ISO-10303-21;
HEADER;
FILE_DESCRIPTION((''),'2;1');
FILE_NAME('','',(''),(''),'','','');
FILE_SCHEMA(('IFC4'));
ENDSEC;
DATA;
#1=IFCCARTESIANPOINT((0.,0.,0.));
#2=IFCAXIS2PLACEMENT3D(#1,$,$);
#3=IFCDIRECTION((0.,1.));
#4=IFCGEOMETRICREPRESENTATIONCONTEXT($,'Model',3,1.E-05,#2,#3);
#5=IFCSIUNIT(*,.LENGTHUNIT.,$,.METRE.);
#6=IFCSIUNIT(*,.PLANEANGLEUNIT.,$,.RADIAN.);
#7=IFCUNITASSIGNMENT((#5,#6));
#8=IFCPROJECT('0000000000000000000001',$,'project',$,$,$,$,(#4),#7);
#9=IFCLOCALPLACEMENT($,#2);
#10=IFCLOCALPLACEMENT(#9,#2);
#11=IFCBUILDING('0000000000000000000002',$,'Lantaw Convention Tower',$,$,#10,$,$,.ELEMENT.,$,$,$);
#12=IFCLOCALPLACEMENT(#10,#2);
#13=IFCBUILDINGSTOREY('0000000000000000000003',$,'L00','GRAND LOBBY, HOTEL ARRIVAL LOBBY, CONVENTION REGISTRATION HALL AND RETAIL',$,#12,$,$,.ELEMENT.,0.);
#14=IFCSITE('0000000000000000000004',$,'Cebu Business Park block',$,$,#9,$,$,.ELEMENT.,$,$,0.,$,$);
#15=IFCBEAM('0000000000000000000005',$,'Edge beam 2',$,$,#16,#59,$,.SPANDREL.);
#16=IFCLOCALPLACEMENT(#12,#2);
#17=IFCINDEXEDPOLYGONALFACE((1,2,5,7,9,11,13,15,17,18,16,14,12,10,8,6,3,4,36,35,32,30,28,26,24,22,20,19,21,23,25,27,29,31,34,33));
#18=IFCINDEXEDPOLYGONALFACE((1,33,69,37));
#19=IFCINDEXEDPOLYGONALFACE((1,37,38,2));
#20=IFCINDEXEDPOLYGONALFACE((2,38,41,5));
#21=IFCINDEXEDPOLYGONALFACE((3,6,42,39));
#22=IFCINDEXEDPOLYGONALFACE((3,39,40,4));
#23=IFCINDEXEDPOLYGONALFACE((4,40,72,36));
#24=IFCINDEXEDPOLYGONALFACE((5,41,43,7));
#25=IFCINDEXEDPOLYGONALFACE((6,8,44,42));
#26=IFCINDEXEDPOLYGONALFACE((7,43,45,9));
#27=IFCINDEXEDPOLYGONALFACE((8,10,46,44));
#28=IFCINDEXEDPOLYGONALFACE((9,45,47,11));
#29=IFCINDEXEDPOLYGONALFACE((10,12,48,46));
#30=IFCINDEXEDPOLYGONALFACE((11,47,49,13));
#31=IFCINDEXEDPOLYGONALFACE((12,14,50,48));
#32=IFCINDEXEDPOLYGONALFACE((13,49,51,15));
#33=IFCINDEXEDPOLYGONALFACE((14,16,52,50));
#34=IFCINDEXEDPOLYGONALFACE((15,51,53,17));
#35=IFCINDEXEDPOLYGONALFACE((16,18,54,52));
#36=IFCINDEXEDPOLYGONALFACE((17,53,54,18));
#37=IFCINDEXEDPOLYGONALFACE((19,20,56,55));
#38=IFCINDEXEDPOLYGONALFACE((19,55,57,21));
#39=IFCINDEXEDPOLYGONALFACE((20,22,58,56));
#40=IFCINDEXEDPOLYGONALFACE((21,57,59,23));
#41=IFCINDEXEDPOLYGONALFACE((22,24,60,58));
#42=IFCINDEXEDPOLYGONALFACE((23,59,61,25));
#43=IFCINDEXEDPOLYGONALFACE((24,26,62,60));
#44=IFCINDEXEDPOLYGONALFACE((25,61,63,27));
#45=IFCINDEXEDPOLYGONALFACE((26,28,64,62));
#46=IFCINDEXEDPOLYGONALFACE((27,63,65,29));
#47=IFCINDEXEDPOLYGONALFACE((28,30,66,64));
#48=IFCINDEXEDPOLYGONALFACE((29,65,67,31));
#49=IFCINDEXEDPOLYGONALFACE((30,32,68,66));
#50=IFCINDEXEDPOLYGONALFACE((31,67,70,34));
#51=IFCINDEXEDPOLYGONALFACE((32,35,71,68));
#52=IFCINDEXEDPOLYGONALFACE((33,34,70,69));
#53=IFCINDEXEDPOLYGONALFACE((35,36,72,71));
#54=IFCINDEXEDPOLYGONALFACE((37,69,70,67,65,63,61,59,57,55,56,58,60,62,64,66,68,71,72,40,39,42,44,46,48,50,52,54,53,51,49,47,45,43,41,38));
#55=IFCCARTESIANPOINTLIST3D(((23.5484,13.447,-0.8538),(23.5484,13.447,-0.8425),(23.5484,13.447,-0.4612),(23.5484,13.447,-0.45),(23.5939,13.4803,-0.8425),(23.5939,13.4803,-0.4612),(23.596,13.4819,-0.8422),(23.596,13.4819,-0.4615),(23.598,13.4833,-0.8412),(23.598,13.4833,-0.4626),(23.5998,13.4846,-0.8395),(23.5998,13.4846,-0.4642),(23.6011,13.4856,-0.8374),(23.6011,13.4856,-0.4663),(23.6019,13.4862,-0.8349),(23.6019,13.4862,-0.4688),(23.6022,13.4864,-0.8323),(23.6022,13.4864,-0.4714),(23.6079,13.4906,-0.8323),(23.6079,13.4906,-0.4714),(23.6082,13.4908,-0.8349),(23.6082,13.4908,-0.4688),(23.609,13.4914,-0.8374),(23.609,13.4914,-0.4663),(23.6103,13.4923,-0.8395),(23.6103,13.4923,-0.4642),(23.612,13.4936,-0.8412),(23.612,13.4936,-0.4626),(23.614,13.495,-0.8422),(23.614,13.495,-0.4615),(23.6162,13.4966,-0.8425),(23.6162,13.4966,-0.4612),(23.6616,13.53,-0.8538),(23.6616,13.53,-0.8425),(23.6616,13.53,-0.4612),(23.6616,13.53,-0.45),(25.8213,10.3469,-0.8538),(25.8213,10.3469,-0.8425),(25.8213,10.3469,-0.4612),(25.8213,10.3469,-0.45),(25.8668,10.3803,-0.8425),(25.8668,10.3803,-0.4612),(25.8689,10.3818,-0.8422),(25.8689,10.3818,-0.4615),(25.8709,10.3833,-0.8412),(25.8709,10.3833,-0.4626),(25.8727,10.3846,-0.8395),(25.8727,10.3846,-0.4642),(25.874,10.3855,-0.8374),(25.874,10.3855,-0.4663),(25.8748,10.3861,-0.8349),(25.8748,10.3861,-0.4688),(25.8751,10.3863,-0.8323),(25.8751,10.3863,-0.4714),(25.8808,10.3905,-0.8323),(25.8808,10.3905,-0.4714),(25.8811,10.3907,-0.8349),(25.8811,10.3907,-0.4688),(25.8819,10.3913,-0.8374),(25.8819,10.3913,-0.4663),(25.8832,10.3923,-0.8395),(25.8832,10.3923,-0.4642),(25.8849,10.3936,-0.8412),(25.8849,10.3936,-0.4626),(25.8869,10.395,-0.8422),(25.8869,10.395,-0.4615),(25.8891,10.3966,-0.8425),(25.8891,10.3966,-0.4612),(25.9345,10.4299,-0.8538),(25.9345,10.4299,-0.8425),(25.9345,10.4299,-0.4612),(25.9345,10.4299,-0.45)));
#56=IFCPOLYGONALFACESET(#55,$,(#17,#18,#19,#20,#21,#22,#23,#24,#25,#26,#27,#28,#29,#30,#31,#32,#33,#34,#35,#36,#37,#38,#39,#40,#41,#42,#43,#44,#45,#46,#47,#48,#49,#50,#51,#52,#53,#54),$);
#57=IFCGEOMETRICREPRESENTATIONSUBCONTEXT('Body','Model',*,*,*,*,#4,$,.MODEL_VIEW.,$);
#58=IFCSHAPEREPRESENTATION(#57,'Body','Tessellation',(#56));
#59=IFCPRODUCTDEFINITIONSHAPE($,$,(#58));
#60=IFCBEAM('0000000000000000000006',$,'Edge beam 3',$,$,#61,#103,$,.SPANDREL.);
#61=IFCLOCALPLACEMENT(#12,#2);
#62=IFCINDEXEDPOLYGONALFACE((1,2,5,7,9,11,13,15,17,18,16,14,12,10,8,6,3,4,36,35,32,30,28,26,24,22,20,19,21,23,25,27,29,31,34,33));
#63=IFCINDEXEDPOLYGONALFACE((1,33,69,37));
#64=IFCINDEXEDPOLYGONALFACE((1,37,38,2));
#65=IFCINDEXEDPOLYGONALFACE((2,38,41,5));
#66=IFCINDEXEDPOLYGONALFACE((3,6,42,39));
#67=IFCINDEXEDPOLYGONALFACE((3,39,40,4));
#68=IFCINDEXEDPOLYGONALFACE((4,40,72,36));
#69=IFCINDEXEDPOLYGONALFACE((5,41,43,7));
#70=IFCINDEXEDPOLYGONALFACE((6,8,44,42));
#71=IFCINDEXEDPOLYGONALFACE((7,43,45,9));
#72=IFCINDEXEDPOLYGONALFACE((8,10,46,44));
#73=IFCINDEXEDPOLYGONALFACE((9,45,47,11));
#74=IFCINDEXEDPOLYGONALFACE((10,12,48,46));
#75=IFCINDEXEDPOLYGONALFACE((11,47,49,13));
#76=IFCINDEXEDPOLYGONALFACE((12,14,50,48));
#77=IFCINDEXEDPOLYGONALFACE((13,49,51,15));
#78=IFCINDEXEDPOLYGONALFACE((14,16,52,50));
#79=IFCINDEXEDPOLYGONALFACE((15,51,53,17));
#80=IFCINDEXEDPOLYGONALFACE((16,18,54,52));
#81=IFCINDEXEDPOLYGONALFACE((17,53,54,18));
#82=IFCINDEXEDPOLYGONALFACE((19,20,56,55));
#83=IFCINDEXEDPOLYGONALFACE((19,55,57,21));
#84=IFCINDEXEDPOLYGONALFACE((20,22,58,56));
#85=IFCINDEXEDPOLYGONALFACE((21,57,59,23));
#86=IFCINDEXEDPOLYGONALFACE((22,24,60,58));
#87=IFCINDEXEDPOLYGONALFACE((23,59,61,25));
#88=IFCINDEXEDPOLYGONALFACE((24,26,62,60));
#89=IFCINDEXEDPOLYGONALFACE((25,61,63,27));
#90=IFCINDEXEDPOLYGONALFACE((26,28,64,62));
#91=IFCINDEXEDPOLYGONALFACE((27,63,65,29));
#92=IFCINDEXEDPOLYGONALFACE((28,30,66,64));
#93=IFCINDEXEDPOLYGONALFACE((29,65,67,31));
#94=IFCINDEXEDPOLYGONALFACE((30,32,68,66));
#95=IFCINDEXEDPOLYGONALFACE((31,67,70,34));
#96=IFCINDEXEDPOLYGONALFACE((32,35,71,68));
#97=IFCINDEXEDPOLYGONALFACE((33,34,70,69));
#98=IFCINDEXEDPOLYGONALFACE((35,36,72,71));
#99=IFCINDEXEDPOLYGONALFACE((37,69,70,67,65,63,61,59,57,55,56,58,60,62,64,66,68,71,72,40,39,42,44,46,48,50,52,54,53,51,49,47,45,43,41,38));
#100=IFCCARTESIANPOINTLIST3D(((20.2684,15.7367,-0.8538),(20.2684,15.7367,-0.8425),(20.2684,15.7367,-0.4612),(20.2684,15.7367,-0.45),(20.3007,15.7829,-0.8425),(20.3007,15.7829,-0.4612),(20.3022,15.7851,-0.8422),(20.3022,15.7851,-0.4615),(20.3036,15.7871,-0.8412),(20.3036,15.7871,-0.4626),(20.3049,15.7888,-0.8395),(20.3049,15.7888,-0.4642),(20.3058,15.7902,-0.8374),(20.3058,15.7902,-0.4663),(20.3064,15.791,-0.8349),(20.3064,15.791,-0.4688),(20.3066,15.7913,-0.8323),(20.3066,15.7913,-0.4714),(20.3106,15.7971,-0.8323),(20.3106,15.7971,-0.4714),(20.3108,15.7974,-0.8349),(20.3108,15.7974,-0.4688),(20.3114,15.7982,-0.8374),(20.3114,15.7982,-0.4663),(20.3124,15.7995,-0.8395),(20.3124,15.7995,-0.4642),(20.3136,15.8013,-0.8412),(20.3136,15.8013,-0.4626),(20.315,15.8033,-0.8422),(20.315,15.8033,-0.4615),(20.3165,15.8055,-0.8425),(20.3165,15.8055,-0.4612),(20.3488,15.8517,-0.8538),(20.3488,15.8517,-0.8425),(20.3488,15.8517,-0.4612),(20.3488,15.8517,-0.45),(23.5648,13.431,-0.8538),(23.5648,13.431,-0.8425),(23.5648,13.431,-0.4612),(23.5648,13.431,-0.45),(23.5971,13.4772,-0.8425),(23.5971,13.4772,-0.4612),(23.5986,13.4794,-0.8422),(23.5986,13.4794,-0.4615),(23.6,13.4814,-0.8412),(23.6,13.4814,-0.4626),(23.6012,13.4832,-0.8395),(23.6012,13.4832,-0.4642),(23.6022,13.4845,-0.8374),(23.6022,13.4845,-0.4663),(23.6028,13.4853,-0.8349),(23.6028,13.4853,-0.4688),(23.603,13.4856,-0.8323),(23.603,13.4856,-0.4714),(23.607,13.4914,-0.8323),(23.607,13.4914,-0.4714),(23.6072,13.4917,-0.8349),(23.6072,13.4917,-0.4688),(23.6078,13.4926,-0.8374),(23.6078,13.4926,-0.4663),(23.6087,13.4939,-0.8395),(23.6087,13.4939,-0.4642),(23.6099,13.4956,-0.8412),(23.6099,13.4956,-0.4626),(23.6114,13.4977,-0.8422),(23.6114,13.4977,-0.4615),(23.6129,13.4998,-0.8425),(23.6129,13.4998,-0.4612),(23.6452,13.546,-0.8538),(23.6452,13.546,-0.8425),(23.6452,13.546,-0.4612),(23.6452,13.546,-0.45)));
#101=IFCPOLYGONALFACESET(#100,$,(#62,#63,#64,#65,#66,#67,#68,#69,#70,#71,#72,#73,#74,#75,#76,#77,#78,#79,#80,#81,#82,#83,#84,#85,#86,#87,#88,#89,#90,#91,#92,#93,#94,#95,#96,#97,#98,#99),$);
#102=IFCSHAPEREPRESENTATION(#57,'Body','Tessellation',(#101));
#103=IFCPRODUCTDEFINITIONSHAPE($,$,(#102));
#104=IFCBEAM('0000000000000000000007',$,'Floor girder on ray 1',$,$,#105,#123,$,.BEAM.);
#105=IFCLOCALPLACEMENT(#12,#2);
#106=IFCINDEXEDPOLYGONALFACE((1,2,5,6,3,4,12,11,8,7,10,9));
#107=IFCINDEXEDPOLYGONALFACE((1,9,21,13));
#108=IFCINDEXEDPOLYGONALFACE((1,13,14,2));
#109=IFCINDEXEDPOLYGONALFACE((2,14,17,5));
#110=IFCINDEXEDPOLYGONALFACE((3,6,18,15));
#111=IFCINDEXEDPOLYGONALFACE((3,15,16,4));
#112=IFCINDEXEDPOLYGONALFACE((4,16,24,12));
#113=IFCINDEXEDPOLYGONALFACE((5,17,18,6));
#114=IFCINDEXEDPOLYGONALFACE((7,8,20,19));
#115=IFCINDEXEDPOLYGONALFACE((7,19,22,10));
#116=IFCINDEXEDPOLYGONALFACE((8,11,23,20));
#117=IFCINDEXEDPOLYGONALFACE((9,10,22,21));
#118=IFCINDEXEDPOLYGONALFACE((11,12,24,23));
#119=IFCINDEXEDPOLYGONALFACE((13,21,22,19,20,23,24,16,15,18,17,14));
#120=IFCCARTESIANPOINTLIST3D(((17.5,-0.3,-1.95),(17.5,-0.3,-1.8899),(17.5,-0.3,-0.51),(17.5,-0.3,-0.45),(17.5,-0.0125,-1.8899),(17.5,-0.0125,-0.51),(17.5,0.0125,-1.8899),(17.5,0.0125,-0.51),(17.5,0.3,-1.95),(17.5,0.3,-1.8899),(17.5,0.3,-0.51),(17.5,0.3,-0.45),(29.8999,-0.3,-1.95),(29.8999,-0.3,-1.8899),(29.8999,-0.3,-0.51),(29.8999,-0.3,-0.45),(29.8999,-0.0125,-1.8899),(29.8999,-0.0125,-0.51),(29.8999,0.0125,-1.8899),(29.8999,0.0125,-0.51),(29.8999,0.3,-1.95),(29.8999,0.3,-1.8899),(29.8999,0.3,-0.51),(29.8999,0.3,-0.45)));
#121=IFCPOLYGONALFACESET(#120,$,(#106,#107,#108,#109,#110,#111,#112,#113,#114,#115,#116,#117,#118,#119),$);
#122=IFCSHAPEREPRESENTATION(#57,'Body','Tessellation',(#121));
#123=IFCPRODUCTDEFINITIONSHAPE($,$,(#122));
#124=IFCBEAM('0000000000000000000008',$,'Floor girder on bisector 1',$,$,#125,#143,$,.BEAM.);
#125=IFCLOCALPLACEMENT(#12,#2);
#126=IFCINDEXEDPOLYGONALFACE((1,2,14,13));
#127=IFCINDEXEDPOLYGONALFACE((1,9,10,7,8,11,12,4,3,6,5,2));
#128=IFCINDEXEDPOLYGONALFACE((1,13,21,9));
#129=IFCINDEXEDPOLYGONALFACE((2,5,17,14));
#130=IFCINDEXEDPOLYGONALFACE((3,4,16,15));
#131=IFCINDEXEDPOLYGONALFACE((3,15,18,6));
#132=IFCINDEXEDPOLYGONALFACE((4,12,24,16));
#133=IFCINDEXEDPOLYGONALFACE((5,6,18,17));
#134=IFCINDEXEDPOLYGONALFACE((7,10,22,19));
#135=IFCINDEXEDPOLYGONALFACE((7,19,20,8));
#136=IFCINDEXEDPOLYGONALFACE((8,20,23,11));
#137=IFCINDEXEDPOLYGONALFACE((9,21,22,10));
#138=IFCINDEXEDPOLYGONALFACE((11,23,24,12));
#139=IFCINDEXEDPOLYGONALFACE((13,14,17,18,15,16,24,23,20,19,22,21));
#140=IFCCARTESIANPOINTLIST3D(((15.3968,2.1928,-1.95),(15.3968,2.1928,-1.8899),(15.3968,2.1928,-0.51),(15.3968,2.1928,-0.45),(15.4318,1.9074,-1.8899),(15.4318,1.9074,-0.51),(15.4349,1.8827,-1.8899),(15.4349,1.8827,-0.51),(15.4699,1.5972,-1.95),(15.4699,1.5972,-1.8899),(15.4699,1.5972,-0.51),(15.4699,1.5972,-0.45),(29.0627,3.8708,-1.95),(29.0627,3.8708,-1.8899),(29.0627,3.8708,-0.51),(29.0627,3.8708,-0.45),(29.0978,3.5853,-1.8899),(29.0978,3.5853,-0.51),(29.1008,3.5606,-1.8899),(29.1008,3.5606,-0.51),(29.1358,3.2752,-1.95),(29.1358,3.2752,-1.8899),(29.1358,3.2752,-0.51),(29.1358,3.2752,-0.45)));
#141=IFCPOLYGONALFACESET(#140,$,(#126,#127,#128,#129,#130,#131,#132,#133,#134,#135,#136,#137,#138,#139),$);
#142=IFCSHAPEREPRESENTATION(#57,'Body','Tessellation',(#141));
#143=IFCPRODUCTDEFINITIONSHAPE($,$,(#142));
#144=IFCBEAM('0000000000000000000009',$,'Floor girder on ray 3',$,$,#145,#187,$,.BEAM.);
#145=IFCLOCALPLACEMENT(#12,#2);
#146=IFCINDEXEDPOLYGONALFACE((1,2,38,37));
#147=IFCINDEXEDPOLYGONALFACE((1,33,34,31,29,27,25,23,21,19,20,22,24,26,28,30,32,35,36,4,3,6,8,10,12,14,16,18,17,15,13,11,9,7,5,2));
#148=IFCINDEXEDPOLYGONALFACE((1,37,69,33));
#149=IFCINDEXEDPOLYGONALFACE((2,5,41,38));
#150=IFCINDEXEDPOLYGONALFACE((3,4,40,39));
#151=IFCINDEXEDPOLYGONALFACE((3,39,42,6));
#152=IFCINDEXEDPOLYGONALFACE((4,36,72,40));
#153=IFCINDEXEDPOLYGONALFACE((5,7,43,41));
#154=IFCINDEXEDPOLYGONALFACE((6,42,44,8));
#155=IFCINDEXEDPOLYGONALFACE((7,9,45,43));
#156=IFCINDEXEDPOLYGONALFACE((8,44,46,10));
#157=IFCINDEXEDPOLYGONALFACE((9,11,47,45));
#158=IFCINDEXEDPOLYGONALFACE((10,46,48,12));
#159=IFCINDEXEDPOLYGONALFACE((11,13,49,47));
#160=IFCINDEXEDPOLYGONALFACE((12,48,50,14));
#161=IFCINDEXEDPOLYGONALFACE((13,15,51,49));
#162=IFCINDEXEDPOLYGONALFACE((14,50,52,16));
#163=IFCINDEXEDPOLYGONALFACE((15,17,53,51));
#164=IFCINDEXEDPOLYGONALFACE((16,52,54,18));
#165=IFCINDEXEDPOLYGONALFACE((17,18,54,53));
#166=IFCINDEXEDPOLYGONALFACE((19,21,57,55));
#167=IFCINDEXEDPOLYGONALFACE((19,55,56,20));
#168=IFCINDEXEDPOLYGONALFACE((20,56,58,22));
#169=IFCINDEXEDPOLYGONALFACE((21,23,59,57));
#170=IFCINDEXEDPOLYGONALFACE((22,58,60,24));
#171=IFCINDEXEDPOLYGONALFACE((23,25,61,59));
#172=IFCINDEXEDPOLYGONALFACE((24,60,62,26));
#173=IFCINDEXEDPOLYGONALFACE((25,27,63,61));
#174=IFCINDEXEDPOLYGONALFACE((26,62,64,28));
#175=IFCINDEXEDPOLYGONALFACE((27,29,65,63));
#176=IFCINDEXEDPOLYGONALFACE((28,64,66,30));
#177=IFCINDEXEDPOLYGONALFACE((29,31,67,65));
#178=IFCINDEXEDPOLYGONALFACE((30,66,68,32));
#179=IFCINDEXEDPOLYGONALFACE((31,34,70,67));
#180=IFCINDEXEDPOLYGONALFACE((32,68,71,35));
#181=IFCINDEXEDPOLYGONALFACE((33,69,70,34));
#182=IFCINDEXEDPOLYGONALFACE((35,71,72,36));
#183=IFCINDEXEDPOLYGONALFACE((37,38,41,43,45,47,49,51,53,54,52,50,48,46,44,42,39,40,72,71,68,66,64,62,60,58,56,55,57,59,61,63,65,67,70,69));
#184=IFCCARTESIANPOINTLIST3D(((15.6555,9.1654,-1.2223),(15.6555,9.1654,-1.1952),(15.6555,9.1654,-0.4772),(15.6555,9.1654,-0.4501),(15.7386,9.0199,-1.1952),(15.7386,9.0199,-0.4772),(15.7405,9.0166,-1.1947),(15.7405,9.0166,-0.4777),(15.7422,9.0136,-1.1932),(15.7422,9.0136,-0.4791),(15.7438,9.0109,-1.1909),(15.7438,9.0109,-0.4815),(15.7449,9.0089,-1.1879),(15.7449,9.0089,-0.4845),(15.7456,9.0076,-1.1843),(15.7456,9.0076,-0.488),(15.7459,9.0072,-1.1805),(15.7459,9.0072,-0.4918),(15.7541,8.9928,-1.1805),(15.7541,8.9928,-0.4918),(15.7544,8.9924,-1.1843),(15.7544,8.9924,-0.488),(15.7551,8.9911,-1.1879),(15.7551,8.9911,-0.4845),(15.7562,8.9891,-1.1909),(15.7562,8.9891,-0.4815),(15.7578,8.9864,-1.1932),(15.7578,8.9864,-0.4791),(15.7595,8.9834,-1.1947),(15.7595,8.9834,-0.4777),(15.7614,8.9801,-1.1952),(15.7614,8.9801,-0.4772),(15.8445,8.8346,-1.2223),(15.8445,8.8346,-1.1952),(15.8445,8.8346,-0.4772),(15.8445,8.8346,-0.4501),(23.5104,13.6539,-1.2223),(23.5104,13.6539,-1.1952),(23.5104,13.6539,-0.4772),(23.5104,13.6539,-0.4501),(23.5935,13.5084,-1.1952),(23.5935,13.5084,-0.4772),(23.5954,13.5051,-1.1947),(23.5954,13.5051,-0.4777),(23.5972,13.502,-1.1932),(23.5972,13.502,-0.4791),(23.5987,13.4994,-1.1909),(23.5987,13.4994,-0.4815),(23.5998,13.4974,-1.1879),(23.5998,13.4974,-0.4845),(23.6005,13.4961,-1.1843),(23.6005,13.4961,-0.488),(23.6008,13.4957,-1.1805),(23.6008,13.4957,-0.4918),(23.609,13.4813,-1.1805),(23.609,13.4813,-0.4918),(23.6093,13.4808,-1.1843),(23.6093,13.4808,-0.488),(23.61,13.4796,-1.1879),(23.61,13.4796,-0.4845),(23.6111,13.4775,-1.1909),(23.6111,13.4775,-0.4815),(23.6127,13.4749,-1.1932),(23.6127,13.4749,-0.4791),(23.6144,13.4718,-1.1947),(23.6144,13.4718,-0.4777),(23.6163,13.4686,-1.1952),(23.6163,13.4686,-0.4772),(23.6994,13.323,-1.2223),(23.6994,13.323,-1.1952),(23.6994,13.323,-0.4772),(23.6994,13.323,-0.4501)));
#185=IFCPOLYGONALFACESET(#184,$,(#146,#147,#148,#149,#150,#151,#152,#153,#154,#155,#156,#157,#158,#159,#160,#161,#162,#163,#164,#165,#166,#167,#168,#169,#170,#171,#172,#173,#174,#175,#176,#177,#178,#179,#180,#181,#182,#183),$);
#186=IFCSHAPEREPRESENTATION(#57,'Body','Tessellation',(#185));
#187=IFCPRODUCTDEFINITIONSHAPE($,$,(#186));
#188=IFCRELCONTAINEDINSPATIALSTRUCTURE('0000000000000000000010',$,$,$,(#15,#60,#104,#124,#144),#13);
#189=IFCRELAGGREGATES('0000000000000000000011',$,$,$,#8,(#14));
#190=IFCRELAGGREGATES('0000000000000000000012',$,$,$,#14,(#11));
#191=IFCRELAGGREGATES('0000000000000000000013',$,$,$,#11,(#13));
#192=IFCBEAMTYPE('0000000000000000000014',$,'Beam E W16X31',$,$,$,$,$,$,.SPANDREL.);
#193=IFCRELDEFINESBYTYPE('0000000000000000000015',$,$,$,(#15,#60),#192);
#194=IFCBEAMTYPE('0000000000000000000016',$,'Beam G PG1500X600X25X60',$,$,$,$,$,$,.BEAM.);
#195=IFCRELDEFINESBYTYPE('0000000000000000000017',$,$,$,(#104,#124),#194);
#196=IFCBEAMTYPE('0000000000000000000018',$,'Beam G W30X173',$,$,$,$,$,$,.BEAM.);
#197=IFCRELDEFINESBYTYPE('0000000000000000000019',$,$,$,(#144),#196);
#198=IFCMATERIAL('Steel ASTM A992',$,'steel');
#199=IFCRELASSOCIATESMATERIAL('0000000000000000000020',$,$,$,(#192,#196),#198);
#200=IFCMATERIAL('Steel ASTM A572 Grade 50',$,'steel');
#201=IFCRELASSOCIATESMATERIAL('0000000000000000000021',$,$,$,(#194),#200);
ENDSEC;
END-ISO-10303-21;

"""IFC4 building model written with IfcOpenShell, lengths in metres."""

from ifc_helpers import new_model, si_unit, direction, frame, origin, origin_2d, place, context, subcontext, project, spatial, i_section, extrude, material, material_profile, profile_set, type_object, element, save


model = new_model("IFC4")

# Units and contexts
model_context = context("Model", 3, precision=1e-05, world=origin(), true_north=direction((0.0, 1.0)))
body_context = subcontext(model_context, "Body", "Model", "MODEL_VIEW")
ifc_project = project(units=[si_unit("LENGTHUNIT", "METRE"), si_unit("PLANEANGLEUNIT", "RADIAN")], contexts=[model_context])

# Site, building, storey
site_placement = place(None, origin())
site = spatial("IfcSite", under=ifc_project, at=site_placement, Name="Cebu Business Park block", CompositionType="ELEMENT", RefElevation=0.0)
building_placement = place(site_placement, origin())
building = spatial("IfcBuilding", under=site, at=building_placement, Name="Lantaw Convention Tower", CompositionType="ELEMENT")
storey_placement = place(building_placement, origin())
storey = spatial("IfcBuildingStorey", under=building, at=storey_placement, Name="L00", Description="GRAND LOBBY, HOTEL ARRIVAL LOBBY, CONVENTION REGISTRATION HALL AND RETAIL", CompositionType="ELEMENT", Elevation=0.0)

# Shared definitions
ifc_material_1 = material(Name="Steel ASTM A572 Grade 50", Category="steel")

# Beams
ifc_material_2 = material(Name="Steel ASTM A992", Category="steel")
ifc_material_profile_1 = material_profile(ifc_material_2, i_section(OverallWidth=0.1404, OverallDepth=0.4038, WebThickness=0.0071, FlangeThickness=0.0112, FilletRadius=0.0103, at=origin_2d()), Name="W16X31")
ifc_profile_set_1 = profile_set([ifc_material_profile_1], Name="Steel ASTM A992")
beam_type_1 = type_object("IfcBeamType", Name="Beam E W16X31", PredefinedType="SPANDREL", material=ifc_profile_set_1)
beam_1_placement = place(storey_placement, frame((25.8779, 10.3884, -0.6519), z_axis=(-0.591287, 0.806462, 0.0), x_axis=(-0.806462, -0.591287, 0.0)))
element("IfcBeam", 1, at=beam_1_placement, inside=storey, type_object=beam_type_1, Name="Edge beam 2", PredefinedType="SPANDREL", context=body_context, shape_type="SweptSolid", body=[
    extrude(i_section(OverallWidth=0.1404, OverallDepth=0.4038, WebThickness=0.0071, FlangeThickness=0.0112, FilletRadius=0.0103, at=origin_2d()), origin(), (0.0, 0.0, 1.0), 3.844),
])
beam_2_placement = place(storey_placement, frame((23.605, 13.4885, -0.6519), z_axis=(-0.819443, 0.573161, 0.0), x_axis=(-0.573161, -0.819443, 0.0)))
element("IfcBeam", 2, at=beam_2_placement, inside=storey, type_object=beam_type_1, Name="Edge beam 3", PredefinedType="SPANDREL", context=body_context, shape_type="SweptSolid", body=[
    extrude(i_section(OverallWidth=0.1404, OverallDepth=0.4038, WebThickness=0.0071, FlangeThickness=0.0112, FilletRadius=0.0103, at=origin_2d()), origin(), (0.0, 0.0, 1.0), 4.0227),
])
ifc_material_profile_2 = material_profile(ifc_material_1, i_section(OverallWidth=0.6001, OverallDepth=1.5, WebThickness=0.0249, FlangeThickness=0.0601, at=origin_2d()), Name="PG1500X600X25X60")
ifc_profile_set_2 = profile_set([ifc_material_profile_2], Name="Steel ASTM A572 Grade 50")
beam_type_2 = type_object("IfcBeamType", Name="Beam G PG1500X600X25X60", PredefinedType="BEAM", material=ifc_profile_set_2)
beam_3_placement = place(storey_placement, frame((17.5, 0.0, -1.2), z_axis=(1.0, 0.0, 0.0), x_axis=(0.0, 1.0, 0.0)))
element("IfcBeam", 3, at=beam_3_placement, inside=storey, type_object=beam_type_2, Name="Floor girder on ray 1", PredefinedType="BEAM", context=body_context, shape_type="SweptSolid", body=[
    extrude(i_section(OverallWidth=0.6001, OverallDepth=1.5, WebThickness=0.0249, FlangeThickness=0.0601, at=origin_2d()), origin(), (0.0, 0.0, 1.0), 12.3999),
])
beam_4_placement = place(storey_placement, frame((15.4333, 1.895, -1.2), z_axis=(0.992546, 0.12187, 0.0), x_axis=(-0.12187, 0.992546, 0.0)))
element("IfcBeam", 4, at=beam_4_placement, inside=storey, type_object=beam_type_2, Name="Floor girder on bisector 1", PredefinedType="BEAM", context=body_context, shape_type="SweptSolid", body=[
    extrude(i_section(OverallWidth=0.6001, OverallDepth=1.5, WebThickness=0.0249, FlangeThickness=0.0601, at=origin_2d()), origin(), (0.0, 0.0, 1.0), 13.7686),
])
ifc_material_profile_3 = material_profile(ifc_material_2, i_section(OverallWidth=0.3811, OverallDepth=0.7722, WebThickness=0.0166, FlangeThickness=0.0271, FilletRadius=0.0146, at=origin_2d()), Name="W30X173")
ifc_profile_set_3 = profile_set([ifc_material_profile_3], Name="Steel ASTM A992")
beam_type_3 = type_object("IfcBeamType", Name="Beam G W30X173", PredefinedType="BEAM", material=ifc_profile_set_3)
beam_5_placement = place(storey_placement, frame((15.75, 9.0, -0.8362), z_axis=(0.868245, 0.496136, 0.0), x_axis=(-0.496136, 0.868245, 0.0)))
element("IfcBeam", 5, at=beam_5_placement, inside=storey, type_object=beam_type_3, Name="Floor girder on ray 3", PredefinedType="BEAM", context=body_context, shape_type="SweptSolid", body=[
    extrude(i_section(OverallWidth=0.3811, OverallDepth=0.7722, WebThickness=0.0166, FlangeThickness=0.0271, FilletRadius=0.0146, at=origin_2d()), origin(), (0.0, 0.0, 1.0), 9.0469),
])

save(model, "model.ifc")
